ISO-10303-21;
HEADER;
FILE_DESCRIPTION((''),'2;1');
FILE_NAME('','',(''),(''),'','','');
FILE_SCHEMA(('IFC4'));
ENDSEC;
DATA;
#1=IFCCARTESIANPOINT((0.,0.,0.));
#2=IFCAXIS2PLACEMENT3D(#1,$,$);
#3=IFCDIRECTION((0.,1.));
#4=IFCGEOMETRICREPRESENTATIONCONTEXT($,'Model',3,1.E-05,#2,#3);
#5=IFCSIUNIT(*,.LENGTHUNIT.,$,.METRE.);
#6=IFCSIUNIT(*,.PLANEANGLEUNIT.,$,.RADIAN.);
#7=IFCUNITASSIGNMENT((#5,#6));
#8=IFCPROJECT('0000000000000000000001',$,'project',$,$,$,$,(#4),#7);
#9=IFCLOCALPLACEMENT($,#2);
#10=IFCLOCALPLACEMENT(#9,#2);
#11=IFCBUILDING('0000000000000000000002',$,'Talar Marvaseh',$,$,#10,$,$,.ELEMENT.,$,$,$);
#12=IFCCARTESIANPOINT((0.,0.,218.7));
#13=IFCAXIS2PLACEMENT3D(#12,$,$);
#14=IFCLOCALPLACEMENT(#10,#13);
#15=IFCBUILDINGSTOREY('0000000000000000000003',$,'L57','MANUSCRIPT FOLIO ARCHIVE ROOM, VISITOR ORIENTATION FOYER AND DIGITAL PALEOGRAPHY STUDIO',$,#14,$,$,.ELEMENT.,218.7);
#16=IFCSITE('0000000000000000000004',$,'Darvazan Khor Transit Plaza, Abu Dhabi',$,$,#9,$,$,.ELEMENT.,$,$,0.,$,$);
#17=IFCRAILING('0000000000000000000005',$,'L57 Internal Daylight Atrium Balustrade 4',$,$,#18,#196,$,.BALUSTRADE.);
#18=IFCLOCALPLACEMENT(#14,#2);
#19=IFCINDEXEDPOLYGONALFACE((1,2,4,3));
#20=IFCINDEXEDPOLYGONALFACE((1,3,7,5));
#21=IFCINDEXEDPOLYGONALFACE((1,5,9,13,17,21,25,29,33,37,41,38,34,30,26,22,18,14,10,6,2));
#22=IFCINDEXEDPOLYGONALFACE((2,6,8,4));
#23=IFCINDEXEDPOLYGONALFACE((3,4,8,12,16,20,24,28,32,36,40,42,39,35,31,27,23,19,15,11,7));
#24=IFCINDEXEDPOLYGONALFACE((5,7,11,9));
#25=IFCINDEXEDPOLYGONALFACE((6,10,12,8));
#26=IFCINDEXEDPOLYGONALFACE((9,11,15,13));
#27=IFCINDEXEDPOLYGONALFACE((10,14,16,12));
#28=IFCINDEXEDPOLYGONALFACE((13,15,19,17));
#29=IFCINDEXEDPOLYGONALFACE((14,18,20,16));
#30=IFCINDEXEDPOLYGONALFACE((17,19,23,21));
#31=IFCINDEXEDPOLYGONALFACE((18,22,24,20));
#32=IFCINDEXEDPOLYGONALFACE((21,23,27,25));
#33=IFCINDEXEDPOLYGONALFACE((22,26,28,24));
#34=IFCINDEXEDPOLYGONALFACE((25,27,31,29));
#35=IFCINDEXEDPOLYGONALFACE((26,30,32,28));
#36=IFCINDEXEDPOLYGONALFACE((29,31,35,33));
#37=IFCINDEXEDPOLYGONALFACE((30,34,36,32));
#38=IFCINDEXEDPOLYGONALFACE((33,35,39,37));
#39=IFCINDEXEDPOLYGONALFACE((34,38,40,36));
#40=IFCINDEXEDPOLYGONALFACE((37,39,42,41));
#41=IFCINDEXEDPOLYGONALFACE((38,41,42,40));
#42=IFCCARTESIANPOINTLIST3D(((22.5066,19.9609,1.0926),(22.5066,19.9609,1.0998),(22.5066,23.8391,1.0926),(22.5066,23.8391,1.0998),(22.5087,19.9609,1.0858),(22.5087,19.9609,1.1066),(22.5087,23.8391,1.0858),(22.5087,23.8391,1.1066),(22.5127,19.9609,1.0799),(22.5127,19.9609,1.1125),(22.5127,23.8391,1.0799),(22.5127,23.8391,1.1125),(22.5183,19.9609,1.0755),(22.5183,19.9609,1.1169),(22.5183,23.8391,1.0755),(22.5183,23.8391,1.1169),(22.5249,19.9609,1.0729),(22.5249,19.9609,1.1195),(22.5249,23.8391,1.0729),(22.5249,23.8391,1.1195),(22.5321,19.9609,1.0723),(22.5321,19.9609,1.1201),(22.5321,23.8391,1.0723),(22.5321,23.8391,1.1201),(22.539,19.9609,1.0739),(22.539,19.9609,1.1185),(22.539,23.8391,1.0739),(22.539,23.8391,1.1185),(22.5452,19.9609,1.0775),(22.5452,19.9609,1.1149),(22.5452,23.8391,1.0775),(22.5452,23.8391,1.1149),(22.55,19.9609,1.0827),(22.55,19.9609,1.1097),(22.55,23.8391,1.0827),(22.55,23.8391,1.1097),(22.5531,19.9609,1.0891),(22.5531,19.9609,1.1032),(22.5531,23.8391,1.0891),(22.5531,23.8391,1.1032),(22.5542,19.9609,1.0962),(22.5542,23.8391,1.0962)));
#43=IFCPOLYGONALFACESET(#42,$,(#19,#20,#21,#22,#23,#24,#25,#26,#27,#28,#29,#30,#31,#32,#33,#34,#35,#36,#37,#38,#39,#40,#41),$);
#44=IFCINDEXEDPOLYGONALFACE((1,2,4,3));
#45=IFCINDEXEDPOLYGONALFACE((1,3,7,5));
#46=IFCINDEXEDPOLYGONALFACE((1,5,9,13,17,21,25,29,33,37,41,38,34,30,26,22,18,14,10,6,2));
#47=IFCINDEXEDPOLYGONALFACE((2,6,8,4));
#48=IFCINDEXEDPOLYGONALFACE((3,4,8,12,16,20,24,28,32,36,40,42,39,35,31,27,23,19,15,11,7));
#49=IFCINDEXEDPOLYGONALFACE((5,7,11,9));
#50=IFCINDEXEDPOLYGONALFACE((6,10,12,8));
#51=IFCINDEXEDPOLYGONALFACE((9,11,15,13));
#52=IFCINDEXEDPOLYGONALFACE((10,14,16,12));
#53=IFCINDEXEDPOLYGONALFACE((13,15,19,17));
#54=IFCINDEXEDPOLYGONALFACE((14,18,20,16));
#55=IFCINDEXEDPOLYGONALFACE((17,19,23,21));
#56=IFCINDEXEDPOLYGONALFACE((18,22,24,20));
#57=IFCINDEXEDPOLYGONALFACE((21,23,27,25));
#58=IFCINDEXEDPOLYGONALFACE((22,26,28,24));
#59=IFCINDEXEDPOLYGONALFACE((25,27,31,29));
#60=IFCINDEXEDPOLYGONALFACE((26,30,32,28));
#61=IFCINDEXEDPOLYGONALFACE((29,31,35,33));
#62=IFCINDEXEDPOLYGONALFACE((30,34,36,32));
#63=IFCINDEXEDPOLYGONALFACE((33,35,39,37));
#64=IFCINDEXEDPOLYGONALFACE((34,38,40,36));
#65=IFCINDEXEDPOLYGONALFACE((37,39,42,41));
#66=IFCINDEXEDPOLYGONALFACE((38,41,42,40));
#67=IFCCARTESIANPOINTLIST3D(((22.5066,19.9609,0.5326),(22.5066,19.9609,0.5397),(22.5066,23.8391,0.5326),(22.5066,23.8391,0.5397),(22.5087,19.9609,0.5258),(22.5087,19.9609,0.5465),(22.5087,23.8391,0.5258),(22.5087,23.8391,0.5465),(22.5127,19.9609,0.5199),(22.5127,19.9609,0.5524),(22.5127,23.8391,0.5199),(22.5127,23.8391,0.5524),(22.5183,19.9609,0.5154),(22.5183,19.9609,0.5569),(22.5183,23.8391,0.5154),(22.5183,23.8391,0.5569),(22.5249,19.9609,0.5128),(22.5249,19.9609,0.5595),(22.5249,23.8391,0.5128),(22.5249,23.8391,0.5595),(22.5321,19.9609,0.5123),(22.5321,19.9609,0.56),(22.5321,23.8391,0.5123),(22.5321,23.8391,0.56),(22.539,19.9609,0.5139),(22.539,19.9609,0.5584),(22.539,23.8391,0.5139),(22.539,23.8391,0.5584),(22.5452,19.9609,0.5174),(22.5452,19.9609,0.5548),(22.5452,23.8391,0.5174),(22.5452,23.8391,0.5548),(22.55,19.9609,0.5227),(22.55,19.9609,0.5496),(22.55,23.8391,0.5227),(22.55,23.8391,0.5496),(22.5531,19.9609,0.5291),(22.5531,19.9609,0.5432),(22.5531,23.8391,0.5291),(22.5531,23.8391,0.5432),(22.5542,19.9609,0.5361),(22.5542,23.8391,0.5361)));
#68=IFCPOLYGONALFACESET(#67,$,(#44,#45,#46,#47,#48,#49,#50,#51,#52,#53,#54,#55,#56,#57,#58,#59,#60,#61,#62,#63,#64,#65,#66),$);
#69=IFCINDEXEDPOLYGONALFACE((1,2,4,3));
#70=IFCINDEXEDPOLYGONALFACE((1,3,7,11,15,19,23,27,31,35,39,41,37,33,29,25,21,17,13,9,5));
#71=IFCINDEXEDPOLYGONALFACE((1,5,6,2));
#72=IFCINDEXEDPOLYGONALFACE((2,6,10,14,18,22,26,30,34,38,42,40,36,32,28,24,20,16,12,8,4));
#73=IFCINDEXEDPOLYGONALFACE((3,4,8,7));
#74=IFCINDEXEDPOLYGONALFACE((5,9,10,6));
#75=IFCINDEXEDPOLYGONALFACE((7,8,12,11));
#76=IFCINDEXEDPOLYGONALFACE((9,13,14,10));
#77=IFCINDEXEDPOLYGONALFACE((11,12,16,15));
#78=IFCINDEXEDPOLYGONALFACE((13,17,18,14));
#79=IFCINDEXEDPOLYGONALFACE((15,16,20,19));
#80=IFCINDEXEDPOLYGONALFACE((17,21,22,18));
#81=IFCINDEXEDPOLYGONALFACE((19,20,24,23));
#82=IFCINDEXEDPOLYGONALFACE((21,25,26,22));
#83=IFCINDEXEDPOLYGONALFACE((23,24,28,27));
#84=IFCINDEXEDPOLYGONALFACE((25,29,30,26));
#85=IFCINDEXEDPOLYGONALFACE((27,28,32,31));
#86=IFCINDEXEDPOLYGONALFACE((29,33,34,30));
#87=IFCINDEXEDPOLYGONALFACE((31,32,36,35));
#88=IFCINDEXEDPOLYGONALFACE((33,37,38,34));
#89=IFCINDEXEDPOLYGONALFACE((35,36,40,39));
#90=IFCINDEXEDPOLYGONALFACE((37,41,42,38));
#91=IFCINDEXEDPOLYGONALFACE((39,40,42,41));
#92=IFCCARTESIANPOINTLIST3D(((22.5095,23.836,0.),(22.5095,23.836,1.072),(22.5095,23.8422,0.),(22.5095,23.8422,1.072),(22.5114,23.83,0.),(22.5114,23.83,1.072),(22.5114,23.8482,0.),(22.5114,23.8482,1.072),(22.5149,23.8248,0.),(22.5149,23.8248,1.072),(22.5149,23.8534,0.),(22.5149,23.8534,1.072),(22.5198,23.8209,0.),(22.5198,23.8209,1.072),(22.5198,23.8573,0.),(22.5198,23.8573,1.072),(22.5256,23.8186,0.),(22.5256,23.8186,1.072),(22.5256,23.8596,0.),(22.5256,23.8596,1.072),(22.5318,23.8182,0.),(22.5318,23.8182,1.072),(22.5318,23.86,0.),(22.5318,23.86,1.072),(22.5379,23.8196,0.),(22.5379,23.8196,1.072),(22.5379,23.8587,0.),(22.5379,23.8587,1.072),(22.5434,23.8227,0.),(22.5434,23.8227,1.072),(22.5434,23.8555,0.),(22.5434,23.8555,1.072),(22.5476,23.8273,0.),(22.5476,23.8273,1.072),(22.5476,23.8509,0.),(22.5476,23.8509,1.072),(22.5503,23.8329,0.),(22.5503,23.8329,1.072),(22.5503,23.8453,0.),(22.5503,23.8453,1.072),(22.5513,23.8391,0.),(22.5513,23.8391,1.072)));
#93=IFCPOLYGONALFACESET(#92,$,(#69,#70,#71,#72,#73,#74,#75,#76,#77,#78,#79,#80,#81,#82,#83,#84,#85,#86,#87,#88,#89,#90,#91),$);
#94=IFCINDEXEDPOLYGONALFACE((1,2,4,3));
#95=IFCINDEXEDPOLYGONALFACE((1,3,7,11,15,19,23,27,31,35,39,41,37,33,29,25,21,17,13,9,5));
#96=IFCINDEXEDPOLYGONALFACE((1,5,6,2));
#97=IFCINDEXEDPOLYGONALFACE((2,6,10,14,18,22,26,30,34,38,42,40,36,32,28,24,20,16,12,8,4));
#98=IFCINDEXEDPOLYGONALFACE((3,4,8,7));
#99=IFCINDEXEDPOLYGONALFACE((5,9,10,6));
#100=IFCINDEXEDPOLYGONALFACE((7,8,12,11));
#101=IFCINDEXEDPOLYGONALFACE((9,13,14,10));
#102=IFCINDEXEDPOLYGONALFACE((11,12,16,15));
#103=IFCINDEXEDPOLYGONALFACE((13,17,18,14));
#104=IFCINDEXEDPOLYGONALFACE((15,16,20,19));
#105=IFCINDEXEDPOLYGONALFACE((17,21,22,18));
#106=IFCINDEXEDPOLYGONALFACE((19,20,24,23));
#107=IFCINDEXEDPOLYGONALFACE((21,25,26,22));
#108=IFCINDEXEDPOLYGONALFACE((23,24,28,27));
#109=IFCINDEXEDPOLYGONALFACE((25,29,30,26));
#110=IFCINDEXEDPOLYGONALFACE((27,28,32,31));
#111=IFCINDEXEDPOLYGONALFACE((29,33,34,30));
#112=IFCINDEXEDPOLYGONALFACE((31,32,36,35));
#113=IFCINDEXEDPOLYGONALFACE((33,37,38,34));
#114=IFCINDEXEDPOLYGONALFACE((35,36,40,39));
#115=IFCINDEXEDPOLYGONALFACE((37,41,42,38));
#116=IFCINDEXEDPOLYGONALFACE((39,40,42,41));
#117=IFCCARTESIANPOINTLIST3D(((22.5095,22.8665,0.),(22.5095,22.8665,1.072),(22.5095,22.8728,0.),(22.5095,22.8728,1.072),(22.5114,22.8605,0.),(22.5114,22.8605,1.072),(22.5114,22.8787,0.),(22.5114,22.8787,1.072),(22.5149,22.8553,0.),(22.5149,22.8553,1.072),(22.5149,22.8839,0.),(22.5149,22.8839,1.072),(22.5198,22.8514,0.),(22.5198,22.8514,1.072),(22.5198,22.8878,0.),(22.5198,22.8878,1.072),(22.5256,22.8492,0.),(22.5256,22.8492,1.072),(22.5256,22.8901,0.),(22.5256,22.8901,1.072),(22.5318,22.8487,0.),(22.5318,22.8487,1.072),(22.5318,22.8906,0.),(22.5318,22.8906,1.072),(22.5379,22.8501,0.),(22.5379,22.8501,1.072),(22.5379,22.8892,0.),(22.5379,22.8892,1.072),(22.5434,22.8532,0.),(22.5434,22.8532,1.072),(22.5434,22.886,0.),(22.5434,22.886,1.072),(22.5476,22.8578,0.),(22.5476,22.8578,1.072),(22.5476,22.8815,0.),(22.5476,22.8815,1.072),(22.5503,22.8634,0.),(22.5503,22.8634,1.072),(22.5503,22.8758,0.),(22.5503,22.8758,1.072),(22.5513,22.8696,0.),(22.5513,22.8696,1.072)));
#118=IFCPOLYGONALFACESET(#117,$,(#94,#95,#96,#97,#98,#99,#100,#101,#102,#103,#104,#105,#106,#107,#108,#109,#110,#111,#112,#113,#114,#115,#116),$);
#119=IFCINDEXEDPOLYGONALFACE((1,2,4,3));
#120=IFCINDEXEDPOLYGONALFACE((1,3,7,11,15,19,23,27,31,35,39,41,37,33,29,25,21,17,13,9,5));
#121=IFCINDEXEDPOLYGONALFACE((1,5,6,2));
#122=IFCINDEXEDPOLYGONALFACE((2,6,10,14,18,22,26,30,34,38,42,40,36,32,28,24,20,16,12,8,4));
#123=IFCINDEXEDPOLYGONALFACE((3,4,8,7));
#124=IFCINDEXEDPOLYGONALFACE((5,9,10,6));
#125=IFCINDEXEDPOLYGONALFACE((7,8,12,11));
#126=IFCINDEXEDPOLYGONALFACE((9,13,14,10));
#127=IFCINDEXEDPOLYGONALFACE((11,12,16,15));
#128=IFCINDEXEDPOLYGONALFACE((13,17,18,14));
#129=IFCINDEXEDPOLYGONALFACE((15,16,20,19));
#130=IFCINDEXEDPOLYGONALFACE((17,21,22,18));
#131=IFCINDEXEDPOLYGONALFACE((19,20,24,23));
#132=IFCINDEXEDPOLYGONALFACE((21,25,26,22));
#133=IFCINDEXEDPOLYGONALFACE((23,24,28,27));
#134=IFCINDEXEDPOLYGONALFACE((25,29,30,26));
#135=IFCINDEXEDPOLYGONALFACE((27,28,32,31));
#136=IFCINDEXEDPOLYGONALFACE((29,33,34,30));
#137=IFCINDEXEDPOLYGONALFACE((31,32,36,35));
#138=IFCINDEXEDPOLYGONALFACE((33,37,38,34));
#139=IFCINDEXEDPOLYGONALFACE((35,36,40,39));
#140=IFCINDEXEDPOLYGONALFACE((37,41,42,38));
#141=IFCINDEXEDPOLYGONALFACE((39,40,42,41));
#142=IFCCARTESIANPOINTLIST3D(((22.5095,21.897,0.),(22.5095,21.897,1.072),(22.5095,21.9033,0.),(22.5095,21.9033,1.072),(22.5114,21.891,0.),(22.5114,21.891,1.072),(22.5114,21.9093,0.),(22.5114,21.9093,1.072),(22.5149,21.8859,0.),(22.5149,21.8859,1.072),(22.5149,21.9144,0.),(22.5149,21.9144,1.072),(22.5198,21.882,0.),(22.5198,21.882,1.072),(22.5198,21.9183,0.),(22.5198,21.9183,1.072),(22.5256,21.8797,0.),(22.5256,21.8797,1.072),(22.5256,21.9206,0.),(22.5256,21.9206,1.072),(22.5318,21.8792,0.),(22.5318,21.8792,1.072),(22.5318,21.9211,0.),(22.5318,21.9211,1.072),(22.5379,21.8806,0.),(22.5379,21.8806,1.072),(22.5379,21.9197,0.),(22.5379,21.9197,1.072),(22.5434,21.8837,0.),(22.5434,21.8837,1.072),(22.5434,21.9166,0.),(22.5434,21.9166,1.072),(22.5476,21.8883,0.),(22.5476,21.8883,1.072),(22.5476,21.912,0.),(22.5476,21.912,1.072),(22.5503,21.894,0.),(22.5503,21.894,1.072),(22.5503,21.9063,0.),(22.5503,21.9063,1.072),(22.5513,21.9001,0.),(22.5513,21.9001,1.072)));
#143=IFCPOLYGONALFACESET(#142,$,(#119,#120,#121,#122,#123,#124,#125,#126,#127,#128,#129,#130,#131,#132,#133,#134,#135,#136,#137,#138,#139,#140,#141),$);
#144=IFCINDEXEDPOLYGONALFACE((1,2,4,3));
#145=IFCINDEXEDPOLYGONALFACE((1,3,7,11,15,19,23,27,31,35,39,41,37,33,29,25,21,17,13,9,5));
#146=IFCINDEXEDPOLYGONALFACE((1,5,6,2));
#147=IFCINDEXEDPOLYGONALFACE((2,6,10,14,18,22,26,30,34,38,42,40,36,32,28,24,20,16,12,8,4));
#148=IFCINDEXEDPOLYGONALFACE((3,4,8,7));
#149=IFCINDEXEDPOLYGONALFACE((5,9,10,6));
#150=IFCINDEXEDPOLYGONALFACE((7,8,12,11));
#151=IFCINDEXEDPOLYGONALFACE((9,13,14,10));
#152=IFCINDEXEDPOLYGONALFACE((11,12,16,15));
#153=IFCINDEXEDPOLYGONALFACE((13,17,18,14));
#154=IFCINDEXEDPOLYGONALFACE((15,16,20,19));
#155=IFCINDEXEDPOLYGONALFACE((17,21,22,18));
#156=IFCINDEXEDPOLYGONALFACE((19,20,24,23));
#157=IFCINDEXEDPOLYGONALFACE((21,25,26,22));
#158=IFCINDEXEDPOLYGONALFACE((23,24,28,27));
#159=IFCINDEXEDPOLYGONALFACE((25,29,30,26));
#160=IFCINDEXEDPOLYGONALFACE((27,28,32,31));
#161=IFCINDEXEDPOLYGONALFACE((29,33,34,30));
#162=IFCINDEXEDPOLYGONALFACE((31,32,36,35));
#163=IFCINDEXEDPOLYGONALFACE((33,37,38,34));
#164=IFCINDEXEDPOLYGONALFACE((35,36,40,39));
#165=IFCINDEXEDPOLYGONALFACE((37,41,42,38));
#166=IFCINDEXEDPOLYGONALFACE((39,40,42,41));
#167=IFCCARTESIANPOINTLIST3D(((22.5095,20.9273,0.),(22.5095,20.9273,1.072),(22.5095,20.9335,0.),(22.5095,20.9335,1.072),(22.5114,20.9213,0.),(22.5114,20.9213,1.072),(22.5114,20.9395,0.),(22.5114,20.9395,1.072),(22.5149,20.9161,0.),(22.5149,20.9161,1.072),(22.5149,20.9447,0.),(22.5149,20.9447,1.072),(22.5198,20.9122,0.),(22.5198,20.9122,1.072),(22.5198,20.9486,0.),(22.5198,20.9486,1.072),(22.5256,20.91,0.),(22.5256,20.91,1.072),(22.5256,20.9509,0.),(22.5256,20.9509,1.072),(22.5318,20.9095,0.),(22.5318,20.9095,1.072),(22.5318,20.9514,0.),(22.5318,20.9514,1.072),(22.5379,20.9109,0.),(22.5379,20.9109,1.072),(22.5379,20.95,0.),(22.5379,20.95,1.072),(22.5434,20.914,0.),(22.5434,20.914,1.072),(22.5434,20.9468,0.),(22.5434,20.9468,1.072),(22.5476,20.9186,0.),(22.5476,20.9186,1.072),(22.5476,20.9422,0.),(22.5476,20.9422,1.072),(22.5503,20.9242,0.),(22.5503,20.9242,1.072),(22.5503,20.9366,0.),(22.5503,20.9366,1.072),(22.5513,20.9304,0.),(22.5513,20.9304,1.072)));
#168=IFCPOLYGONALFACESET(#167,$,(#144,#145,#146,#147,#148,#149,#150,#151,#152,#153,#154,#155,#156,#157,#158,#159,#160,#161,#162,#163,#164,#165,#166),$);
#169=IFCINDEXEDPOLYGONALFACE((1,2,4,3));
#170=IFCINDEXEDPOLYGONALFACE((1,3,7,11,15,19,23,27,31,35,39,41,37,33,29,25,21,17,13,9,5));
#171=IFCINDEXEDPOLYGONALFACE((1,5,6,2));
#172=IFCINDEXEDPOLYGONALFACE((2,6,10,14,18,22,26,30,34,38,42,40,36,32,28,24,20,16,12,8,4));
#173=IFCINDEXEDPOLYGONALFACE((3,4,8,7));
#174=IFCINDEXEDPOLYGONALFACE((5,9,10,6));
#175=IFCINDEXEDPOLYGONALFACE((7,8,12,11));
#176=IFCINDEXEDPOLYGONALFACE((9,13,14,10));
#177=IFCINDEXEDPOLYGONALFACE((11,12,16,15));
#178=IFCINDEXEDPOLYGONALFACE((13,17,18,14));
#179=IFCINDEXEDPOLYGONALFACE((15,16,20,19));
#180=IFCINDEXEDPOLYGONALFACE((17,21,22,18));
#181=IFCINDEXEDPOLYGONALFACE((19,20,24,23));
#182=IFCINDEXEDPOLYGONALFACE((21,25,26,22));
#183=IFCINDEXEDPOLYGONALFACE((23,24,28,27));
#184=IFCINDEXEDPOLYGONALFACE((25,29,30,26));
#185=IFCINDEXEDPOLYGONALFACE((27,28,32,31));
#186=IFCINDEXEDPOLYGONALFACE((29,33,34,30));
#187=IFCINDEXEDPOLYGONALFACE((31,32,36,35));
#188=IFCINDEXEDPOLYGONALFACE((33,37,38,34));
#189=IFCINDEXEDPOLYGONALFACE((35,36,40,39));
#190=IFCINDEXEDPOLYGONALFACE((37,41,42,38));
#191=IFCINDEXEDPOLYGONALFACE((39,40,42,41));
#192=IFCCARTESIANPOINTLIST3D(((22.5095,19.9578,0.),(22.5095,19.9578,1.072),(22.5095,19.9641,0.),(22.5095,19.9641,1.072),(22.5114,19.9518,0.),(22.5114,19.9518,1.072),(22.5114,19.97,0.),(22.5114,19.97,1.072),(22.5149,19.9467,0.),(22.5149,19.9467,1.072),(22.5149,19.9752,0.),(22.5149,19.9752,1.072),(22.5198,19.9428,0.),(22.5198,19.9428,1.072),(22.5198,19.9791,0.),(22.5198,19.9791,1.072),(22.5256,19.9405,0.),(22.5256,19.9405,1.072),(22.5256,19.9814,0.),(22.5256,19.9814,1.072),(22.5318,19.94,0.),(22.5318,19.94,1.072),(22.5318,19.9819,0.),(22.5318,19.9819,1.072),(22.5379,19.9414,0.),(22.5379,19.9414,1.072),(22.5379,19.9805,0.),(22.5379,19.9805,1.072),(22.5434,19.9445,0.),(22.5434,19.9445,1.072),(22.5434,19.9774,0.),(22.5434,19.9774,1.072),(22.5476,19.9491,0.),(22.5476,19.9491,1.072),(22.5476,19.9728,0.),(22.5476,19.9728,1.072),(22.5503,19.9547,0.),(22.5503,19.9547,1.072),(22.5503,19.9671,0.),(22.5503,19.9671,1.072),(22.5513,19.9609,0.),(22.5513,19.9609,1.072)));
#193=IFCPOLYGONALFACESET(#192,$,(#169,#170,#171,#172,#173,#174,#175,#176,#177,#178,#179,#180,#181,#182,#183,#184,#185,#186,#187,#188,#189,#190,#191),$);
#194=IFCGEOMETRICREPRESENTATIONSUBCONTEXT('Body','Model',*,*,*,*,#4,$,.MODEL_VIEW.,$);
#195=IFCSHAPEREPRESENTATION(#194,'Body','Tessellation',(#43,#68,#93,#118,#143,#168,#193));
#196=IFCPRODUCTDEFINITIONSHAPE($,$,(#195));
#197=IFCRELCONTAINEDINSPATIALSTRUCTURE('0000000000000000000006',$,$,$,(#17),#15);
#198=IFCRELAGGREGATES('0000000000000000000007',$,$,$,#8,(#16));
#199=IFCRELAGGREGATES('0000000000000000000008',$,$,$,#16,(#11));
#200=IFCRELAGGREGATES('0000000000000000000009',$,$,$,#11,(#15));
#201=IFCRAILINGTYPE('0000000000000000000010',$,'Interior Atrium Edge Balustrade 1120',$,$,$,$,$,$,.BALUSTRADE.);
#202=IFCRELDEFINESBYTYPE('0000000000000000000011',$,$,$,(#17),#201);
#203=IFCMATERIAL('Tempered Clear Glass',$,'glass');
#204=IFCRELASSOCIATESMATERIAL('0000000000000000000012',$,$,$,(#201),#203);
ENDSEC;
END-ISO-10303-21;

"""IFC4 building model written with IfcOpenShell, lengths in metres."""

from ifc_helpers import new_model, si_unit, direction, frame, origin, origin_2d, place, context, subcontext, project, spatial, circle, extrude, material, type_object, element, save


model = new_model("IFC4")

# Units and contexts
model_context = context("Model", 3, precision=1e-05, world=origin(), true_north=direction((0.0, 1.0)))
body_context = subcontext(model_context, "Body", "Model", "MODEL_VIEW")
ifc_project = project(units=[si_unit("LENGTHUNIT", "METRE"), si_unit("PLANEANGLEUNIT", "RADIAN")], contexts=[model_context])

# Site, building, storey
site_placement = place(None, origin())
site = spatial("IfcSite", under=ifc_project, at=site_placement, Name="Darvazan Khor Transit Plaza, Abu Dhabi", CompositionType="ELEMENT", RefElevation=0.0)
building_placement = place(site_placement, origin())
building = spatial("IfcBuilding", under=site, at=building_placement, Name="Talar Marvaseh", CompositionType="ELEMENT")
storey_placement = place(building_placement, frame((0.0, 0.0, 218.7)))
storey = spatial("IfcBuildingStorey", under=building, at=storey_placement, Name="L57", Description="MANUSCRIPT FOLIO ARCHIVE ROOM, VISITOR ORIENTATION FOYER AND DIGITAL PALEOGRAPHY STUDIO", CompositionType="ELEMENT", Elevation=218.7)

# Railing
ifc_material_1 = material(Name="Tempered Clear Glass", Category="glass")
railing_type = type_object("IfcRailingType", Name="Interior Atrium Edge Balustrade 1120", PredefinedType="BALUSTRADE", material=ifc_material_1)
railing_1_placement = place(storey_placement, frame((22.5303, 23.8391, 0.0)))
element("IfcRailing", 1, at=railing_1_placement, inside=storey, type_object=railing_type, Name="L57 Internal Daylight Atrium Balustrade 4", PredefinedType="BALUSTRADE", context=body_context, shape_type="SweptSolid", body=[
    extrude(circle(Radius=0.0239, at=origin_2d()), frame((0.0, 0.0, 1.0962), z_axis=(0.0, -1.0, 0.0), x_axis=(1.0, 0.0, 0.0)), (0.0, 0.0, 1.0), 3.8782),
    extrude(circle(Radius=0.0239, at=origin_2d()), frame((0.0, 0.0, 0.5361), z_axis=(0.0, -1.0, 0.0), x_axis=(1.0, 0.0, 0.0)), (0.0, 0.0, 1.0), 3.8782),
    extrude(circle(Radius=0.021, at=origin_2d()), origin(), (0.0, 0.0, 1.0), 1.072),
    extrude(circle(Radius=0.021, at=origin_2d()), frame((0.0, -0.9695, 0.0)), (0.0, 0.0, 1.0), 1.072),
    extrude(circle(Radius=0.021, at=origin_2d()), frame((0.0, -1.939, 0.0)), (0.0, 0.0, 1.0), 1.072),
    extrude(circle(Radius=0.021, at=origin_2d()), frame((0.0, -2.9087, 0.0)), (0.0, 0.0, 1.0), 1.072),
    extrude(circle(Radius=0.021, at=origin_2d()), frame((0.0, -3.8782, 0.0)), (0.0, 0.0, 1.0), 1.072),
])

save(model, "model.ifc")
